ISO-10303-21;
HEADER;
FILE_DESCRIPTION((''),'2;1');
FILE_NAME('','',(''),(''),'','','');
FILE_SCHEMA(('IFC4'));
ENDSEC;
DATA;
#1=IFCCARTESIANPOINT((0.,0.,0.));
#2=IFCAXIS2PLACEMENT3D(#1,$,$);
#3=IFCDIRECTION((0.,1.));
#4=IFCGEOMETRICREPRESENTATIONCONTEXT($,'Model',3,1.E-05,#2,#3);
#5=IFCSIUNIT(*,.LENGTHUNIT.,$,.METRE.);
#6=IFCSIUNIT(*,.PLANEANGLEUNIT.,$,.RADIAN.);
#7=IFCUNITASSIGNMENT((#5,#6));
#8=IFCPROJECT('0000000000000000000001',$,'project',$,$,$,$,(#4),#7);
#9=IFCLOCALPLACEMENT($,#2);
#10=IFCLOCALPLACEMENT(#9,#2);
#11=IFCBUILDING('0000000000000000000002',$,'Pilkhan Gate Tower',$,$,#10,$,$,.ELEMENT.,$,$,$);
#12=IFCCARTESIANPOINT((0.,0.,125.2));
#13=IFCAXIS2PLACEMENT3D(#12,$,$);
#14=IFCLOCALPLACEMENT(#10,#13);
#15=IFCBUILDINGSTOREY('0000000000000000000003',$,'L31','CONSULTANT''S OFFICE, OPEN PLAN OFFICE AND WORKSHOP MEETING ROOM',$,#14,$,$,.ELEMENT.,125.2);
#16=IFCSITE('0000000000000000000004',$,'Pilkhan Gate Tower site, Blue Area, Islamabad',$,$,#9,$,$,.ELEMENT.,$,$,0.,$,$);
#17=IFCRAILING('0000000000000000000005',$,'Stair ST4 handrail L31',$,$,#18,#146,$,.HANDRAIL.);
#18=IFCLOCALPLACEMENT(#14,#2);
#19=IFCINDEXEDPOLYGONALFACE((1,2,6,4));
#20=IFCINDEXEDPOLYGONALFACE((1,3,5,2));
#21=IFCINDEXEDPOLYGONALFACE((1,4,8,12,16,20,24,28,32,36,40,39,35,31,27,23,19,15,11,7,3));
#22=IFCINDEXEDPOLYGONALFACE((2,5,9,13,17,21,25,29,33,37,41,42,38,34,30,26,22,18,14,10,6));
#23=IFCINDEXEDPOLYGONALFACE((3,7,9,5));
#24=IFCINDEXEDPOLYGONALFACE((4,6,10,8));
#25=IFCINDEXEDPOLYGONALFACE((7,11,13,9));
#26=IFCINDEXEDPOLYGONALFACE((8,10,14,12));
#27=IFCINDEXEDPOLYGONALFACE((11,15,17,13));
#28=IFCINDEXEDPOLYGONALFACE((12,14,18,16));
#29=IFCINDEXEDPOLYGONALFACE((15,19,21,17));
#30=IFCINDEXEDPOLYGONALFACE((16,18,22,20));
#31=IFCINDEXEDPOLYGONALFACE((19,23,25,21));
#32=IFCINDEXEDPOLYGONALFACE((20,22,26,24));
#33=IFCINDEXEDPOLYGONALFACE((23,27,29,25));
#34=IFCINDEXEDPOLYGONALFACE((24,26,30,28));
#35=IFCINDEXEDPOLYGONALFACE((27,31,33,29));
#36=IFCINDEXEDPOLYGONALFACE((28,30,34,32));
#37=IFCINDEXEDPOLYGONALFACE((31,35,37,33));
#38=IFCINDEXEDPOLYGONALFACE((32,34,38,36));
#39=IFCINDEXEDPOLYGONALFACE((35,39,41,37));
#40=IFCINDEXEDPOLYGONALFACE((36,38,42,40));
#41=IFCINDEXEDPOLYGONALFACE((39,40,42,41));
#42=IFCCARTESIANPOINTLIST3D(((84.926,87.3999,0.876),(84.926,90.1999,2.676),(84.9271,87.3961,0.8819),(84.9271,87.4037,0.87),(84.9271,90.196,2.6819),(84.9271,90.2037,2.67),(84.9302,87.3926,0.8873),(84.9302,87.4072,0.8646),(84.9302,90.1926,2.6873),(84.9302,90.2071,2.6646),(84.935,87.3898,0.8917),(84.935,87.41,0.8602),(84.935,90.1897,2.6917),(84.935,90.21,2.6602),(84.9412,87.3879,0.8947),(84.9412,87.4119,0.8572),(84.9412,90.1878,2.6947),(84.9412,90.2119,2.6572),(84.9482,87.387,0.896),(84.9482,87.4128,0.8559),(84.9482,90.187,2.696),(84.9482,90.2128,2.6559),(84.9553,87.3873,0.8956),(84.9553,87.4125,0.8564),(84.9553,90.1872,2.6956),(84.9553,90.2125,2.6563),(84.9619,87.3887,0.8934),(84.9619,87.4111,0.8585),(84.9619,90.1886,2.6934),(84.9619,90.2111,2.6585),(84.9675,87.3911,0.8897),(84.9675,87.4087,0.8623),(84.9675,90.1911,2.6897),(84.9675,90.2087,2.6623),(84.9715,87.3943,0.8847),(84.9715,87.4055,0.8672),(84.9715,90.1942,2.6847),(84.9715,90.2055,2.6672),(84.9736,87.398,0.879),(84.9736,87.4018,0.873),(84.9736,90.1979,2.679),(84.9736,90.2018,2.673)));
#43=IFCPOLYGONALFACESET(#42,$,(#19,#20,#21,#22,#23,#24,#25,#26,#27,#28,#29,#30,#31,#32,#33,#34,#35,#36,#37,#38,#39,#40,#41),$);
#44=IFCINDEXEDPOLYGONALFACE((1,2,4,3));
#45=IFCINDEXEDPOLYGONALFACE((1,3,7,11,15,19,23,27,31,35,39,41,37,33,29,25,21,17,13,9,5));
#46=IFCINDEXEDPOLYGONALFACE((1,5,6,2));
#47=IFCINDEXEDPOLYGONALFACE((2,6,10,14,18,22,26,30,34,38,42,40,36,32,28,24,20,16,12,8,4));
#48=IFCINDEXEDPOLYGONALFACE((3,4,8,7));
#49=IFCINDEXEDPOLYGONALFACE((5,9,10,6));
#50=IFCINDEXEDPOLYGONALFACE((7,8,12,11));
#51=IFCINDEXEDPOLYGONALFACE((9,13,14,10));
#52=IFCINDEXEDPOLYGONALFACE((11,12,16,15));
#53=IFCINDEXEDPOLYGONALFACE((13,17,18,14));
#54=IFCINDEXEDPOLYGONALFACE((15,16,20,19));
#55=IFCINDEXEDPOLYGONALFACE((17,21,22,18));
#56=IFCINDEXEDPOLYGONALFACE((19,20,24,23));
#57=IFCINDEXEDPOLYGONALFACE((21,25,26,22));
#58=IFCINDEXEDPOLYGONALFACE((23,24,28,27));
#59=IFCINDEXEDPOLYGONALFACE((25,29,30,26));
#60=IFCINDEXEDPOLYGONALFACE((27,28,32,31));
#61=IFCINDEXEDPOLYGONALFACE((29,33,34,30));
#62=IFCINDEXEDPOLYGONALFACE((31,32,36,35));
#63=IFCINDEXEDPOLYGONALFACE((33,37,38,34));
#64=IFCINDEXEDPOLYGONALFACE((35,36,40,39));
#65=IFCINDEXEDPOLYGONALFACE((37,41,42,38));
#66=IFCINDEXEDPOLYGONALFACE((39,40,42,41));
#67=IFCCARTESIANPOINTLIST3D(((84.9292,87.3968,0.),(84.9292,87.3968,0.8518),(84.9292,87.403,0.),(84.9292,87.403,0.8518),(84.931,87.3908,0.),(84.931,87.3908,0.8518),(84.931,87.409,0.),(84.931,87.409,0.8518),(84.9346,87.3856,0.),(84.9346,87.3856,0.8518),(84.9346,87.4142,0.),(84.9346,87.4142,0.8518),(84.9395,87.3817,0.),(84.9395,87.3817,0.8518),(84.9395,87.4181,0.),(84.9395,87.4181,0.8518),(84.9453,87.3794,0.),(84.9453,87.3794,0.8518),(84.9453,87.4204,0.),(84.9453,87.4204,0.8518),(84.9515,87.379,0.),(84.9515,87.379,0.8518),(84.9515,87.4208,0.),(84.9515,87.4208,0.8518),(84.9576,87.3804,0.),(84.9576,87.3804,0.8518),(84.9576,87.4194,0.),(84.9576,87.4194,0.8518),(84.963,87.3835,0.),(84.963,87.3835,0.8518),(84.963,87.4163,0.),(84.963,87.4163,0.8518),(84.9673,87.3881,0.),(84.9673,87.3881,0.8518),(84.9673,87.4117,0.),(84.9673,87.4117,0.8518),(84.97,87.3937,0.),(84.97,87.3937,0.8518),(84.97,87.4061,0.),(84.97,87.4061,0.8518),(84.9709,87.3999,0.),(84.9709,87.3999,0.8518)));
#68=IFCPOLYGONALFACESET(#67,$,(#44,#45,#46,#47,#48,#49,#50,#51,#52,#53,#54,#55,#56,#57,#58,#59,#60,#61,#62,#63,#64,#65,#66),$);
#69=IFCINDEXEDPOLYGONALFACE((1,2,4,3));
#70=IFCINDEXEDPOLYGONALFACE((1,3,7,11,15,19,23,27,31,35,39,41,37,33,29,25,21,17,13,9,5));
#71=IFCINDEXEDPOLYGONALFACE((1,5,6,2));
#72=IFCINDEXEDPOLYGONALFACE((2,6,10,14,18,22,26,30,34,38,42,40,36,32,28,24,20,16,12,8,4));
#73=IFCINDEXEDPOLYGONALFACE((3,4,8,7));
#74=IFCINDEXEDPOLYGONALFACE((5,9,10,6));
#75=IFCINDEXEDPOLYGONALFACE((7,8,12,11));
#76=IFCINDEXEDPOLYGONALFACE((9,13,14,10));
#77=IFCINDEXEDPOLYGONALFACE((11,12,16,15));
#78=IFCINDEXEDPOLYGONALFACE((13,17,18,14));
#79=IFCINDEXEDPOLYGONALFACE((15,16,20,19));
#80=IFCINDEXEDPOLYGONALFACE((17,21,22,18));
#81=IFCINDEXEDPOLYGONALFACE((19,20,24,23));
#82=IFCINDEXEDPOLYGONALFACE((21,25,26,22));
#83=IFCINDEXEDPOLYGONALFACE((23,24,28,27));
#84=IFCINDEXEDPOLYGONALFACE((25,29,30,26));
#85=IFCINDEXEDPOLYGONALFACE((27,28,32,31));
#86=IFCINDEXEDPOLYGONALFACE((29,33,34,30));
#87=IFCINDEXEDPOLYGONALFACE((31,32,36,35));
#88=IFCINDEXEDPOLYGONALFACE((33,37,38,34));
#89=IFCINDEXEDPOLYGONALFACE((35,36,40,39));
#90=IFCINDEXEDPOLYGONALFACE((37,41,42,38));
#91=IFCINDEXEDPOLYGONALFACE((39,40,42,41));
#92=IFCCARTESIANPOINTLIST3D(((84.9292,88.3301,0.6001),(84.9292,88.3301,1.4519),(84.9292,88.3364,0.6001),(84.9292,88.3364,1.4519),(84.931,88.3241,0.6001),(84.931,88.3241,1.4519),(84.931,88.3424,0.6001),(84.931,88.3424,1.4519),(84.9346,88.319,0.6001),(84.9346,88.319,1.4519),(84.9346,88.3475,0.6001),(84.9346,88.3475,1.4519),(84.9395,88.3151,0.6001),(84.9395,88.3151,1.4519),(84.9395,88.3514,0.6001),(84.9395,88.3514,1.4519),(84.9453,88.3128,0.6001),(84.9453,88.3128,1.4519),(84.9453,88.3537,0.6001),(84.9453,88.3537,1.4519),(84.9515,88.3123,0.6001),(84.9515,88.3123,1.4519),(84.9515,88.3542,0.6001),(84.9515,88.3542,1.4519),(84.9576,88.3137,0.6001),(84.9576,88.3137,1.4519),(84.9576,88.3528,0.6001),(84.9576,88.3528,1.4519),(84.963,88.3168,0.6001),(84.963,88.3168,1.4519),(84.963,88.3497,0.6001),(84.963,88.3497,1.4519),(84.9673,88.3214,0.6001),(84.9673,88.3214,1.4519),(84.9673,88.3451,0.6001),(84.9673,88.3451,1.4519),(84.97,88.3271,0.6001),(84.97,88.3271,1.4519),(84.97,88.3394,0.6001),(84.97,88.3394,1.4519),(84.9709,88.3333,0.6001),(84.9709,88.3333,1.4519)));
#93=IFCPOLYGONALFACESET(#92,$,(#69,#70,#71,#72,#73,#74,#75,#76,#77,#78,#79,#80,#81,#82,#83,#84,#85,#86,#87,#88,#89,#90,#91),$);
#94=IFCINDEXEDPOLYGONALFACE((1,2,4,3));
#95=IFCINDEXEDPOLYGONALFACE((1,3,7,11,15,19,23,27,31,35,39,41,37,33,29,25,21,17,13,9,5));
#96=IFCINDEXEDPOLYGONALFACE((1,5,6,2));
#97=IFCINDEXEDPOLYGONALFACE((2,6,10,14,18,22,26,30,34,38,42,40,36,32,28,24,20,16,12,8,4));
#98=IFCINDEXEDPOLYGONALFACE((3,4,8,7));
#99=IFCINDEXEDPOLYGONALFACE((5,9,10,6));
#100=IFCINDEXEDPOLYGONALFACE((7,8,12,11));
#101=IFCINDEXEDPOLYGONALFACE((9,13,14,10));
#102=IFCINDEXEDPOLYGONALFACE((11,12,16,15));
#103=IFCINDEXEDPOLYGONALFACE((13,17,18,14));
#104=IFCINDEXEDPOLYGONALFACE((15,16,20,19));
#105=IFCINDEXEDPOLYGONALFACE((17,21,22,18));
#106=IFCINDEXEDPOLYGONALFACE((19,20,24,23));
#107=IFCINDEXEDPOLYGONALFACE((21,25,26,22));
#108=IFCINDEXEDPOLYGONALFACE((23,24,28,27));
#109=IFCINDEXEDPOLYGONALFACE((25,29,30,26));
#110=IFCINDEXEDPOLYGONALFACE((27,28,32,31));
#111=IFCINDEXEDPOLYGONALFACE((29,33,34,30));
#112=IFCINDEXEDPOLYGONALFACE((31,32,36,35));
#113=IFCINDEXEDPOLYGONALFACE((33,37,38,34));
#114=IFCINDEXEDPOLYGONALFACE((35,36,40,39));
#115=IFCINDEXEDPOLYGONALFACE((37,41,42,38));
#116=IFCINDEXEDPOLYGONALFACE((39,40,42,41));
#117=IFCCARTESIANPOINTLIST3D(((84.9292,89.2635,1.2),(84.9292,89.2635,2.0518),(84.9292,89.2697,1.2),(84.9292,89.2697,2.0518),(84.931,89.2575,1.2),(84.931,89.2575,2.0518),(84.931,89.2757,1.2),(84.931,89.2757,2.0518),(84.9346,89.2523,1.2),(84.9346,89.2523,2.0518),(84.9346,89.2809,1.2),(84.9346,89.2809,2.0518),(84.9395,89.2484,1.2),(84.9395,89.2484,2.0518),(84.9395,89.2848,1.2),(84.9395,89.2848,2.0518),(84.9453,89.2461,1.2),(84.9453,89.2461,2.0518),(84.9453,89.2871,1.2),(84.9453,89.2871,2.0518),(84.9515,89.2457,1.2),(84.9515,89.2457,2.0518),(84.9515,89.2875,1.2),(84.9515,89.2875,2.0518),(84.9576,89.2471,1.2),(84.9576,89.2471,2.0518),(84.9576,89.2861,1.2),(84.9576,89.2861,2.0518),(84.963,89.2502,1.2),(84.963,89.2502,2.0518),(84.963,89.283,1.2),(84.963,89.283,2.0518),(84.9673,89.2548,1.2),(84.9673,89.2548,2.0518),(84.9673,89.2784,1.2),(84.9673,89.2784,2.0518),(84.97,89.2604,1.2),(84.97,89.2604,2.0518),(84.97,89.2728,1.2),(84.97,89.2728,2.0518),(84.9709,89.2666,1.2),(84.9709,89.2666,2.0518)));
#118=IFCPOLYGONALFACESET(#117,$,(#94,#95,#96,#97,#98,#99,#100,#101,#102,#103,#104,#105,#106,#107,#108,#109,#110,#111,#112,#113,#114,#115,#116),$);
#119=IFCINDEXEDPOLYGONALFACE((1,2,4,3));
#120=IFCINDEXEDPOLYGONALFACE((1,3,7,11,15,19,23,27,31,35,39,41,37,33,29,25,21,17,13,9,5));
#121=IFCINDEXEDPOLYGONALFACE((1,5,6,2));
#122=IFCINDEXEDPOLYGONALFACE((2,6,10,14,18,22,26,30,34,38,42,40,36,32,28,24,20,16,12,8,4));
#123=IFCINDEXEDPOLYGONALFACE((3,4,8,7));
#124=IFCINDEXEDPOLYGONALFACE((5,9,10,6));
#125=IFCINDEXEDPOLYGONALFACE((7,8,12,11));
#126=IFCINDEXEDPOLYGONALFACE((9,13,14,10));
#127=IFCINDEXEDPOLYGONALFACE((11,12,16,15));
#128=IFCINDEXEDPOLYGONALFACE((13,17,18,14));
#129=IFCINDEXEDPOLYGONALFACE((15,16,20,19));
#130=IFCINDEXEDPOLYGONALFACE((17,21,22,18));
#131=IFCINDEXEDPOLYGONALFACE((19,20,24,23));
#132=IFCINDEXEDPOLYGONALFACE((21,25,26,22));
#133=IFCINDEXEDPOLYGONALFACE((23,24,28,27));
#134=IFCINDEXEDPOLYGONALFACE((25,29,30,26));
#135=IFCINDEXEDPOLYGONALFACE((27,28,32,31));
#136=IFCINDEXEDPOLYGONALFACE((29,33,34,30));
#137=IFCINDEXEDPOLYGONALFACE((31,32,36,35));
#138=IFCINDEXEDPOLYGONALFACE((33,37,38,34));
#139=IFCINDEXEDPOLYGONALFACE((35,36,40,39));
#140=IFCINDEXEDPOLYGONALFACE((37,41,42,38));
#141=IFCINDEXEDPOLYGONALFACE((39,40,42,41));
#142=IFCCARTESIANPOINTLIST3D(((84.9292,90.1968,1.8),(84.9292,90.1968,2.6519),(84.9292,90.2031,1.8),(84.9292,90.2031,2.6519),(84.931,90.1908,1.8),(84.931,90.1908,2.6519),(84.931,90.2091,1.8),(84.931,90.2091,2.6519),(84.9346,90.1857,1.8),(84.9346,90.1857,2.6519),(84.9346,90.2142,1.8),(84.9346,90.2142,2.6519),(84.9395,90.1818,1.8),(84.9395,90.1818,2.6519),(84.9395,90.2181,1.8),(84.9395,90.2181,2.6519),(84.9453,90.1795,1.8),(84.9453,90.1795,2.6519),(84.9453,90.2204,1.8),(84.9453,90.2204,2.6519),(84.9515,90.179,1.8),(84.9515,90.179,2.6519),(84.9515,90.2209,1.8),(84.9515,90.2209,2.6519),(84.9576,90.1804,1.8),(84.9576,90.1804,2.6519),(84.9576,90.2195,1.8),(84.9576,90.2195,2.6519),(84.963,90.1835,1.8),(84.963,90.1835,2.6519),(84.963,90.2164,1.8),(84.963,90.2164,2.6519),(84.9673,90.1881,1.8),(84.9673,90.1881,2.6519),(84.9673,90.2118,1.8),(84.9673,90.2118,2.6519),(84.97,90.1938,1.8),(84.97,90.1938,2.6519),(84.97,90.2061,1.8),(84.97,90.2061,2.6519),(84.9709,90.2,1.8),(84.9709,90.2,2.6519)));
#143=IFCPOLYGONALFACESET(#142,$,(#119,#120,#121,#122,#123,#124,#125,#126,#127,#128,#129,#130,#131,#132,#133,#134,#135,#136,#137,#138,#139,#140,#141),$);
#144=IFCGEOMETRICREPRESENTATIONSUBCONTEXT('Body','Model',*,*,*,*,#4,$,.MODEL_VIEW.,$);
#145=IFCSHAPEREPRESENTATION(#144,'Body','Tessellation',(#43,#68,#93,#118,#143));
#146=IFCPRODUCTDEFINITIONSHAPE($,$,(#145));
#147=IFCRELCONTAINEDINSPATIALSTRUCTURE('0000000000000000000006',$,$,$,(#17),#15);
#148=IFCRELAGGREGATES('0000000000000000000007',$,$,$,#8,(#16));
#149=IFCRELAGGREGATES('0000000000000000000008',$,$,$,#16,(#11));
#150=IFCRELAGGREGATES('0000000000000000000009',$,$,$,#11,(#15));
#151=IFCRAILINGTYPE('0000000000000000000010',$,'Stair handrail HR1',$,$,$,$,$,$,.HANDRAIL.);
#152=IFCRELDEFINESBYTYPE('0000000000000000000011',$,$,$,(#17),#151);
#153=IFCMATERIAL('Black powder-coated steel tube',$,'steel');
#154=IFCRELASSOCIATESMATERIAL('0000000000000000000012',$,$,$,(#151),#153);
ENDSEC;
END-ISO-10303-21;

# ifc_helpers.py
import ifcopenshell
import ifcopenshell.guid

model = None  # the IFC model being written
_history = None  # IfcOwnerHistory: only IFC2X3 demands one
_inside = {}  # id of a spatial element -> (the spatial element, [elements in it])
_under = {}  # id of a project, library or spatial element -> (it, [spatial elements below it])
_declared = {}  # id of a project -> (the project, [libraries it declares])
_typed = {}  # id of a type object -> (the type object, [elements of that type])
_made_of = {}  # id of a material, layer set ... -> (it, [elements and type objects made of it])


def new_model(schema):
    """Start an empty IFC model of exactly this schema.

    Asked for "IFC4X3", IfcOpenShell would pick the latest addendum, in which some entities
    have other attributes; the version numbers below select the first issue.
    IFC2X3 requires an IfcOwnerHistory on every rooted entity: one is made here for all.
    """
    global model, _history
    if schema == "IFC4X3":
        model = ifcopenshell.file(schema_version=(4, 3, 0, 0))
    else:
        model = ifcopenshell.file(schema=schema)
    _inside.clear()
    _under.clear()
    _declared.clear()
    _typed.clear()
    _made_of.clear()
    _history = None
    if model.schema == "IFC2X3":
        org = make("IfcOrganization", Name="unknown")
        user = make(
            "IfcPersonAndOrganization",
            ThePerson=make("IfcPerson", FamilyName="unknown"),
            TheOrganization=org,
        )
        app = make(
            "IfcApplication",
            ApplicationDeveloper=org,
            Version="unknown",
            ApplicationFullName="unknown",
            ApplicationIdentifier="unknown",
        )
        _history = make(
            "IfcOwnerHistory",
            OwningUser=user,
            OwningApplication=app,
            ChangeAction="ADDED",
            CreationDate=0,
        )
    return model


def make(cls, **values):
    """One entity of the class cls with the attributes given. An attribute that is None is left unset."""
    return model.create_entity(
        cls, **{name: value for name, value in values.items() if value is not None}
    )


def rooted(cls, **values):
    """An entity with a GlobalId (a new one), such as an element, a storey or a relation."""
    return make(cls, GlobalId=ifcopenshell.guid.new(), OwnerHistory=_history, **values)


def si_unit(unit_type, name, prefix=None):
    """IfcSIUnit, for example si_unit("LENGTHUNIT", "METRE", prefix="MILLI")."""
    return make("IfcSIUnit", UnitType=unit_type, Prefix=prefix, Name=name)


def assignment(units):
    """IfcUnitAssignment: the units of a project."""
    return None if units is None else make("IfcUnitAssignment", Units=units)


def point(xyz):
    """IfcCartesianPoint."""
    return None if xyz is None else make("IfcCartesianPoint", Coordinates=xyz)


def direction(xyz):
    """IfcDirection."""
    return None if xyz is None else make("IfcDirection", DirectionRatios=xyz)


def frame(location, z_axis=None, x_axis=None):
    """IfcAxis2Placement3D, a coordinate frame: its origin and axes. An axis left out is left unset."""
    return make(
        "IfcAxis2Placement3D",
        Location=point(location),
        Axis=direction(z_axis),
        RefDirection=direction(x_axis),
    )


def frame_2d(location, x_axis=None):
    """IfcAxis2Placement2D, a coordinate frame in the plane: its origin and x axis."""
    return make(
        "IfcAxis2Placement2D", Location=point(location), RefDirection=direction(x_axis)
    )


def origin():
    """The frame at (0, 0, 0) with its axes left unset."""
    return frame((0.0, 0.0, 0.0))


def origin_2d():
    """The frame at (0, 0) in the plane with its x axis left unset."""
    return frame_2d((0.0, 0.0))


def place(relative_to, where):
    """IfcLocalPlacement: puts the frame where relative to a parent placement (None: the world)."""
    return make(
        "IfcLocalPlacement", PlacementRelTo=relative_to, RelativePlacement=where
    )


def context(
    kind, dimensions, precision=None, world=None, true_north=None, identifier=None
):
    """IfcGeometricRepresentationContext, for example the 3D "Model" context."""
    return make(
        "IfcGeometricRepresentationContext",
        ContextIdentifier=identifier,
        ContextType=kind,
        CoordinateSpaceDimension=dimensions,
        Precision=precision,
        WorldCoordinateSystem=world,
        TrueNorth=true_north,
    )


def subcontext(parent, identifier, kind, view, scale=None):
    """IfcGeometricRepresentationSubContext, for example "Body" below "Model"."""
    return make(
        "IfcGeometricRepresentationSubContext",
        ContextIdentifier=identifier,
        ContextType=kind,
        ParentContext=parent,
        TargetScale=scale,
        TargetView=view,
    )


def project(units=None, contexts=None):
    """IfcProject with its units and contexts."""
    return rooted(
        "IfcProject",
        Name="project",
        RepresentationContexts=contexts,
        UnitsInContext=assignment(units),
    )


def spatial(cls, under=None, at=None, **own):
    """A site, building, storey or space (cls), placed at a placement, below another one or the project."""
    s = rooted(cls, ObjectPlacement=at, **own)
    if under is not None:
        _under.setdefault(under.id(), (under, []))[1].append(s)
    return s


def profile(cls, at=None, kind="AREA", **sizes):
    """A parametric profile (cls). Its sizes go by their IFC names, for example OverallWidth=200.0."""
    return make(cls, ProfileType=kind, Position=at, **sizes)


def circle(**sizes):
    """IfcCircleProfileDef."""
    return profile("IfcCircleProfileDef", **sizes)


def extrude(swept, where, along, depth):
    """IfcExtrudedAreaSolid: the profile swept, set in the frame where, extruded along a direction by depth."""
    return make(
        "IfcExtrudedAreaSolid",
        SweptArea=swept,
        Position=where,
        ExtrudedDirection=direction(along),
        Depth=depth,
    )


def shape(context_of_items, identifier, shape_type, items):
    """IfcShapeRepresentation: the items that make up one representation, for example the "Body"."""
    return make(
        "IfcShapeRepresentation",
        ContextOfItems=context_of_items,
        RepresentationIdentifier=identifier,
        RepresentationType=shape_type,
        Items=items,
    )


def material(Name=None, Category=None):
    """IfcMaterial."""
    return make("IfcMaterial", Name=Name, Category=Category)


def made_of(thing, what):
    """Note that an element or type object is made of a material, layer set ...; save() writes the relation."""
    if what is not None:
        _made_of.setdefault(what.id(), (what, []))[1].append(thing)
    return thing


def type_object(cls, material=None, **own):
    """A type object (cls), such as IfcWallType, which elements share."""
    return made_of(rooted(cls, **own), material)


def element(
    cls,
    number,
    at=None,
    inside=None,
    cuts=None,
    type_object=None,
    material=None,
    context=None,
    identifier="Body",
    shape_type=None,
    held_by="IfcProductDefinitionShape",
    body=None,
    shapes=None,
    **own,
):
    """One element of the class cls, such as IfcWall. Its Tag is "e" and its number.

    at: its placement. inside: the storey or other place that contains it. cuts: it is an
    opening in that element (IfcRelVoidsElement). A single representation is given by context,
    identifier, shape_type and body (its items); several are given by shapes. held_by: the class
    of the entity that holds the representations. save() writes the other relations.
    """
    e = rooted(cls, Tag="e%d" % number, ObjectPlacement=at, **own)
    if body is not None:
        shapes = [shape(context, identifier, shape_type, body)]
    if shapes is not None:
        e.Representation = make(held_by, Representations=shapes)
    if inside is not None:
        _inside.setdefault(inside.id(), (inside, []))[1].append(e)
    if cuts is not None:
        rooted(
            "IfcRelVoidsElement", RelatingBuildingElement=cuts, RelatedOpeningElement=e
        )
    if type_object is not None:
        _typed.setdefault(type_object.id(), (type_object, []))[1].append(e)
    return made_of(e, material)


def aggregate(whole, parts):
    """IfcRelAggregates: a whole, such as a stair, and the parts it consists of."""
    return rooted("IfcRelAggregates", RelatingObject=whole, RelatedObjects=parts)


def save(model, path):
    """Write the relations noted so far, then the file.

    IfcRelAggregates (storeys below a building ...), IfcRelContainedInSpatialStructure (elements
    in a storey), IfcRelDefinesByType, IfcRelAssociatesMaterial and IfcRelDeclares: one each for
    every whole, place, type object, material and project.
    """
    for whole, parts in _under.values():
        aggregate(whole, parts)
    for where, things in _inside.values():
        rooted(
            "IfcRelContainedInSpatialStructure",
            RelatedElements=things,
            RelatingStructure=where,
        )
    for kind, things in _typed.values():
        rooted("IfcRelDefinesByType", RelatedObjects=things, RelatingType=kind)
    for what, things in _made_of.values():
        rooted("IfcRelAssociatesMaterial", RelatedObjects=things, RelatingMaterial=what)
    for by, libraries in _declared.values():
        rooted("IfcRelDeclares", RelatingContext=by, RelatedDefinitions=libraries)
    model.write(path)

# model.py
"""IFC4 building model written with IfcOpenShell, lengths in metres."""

from ifc_helpers import new_model, si_unit, direction, frame, origin, origin_2d, place, context, subcontext, project, spatial, circle, extrude, material, type_object, element, save


model = new_model("IFC4")

# Units and contexts
model_context = context("Model", 3, precision=1e-05, world=origin(), true_north=direction((0.0, 1.0)))
body_context = subcontext(model_context, "Body", "Model", "MODEL_VIEW")
ifc_project = project(units=[si_unit("LENGTHUNIT", "METRE"), si_unit("PLANEANGLEUNIT", "RADIAN")], contexts=[model_context])

# Site, building, storey
site_placement = place(None, origin())
site = spatial("IfcSite", under=ifc_project, at=site_placement, Name="Pilkhan Gate Tower site, Blue Area, Islamabad", CompositionType="ELEMENT", RefElevation=0.0)
building_placement = place(site_placement, origin())
building = spatial("IfcBuilding", under=site, at=building_placement, Name="Pilkhan Gate Tower", CompositionType="ELEMENT")
storey_placement = place(building_placement, frame((0.0, 0.0, 125.2)))
storey = spatial("IfcBuildingStorey", under=building, at=storey_placement, Name="L31", Description="CONSULTANT'S OFFICE, OPEN PLAN OFFICE AND WORKSHOP MEETING ROOM", CompositionType="ELEMENT", Elevation=125.2)

# Railing
ifc_material_1 = material(Name="Black powder-coated steel tube", Category="steel")
railing_type_1 = type_object("IfcRailingType", Name="Stair handrail HR1", PredefinedType="HANDRAIL", material=ifc_material_1)
railing_placement = place(storey_placement, frame((84.95, 87.3999, 0.0)))
element("IfcRailing", 1, at=railing_placement, inside=storey, type_object=railing_type_1, Name="Stair ST4 handrail L31", PredefinedType="HANDRAIL", context=body_context, shape_type="SweptSolid", body=[
    extrude(circle(Radius=0.0239, at=origin_2d()), frame((0.0, 0.0, 0.876), z_axis=(0.0, 0.841176, 0.540761), x_axis=(-1.0, 0.0, 0.0)), (0.0, 0.0, 1.0), 3.3286),
    extrude(circle(Radius=0.021, at=origin_2d()), origin(), (0.0, 0.0, 1.0), 0.8518),
    extrude(circle(Radius=0.021, at=origin_2d()), frame((0.0, 0.9333, 0.6001)), (0.0, 0.0, 1.0), 0.8518),
    extrude(circle(Radius=0.021, at=origin_2d()), frame((0.0, 1.8667, 1.2)), (0.0, 0.0, 1.0), 0.8518),
    extrude(circle(Radius=0.021, at=origin_2d()), frame((0.0, 2.8, 1.8)), (0.0, 0.0, 1.0), 0.8518),
])

save(model, "model.ifc")
